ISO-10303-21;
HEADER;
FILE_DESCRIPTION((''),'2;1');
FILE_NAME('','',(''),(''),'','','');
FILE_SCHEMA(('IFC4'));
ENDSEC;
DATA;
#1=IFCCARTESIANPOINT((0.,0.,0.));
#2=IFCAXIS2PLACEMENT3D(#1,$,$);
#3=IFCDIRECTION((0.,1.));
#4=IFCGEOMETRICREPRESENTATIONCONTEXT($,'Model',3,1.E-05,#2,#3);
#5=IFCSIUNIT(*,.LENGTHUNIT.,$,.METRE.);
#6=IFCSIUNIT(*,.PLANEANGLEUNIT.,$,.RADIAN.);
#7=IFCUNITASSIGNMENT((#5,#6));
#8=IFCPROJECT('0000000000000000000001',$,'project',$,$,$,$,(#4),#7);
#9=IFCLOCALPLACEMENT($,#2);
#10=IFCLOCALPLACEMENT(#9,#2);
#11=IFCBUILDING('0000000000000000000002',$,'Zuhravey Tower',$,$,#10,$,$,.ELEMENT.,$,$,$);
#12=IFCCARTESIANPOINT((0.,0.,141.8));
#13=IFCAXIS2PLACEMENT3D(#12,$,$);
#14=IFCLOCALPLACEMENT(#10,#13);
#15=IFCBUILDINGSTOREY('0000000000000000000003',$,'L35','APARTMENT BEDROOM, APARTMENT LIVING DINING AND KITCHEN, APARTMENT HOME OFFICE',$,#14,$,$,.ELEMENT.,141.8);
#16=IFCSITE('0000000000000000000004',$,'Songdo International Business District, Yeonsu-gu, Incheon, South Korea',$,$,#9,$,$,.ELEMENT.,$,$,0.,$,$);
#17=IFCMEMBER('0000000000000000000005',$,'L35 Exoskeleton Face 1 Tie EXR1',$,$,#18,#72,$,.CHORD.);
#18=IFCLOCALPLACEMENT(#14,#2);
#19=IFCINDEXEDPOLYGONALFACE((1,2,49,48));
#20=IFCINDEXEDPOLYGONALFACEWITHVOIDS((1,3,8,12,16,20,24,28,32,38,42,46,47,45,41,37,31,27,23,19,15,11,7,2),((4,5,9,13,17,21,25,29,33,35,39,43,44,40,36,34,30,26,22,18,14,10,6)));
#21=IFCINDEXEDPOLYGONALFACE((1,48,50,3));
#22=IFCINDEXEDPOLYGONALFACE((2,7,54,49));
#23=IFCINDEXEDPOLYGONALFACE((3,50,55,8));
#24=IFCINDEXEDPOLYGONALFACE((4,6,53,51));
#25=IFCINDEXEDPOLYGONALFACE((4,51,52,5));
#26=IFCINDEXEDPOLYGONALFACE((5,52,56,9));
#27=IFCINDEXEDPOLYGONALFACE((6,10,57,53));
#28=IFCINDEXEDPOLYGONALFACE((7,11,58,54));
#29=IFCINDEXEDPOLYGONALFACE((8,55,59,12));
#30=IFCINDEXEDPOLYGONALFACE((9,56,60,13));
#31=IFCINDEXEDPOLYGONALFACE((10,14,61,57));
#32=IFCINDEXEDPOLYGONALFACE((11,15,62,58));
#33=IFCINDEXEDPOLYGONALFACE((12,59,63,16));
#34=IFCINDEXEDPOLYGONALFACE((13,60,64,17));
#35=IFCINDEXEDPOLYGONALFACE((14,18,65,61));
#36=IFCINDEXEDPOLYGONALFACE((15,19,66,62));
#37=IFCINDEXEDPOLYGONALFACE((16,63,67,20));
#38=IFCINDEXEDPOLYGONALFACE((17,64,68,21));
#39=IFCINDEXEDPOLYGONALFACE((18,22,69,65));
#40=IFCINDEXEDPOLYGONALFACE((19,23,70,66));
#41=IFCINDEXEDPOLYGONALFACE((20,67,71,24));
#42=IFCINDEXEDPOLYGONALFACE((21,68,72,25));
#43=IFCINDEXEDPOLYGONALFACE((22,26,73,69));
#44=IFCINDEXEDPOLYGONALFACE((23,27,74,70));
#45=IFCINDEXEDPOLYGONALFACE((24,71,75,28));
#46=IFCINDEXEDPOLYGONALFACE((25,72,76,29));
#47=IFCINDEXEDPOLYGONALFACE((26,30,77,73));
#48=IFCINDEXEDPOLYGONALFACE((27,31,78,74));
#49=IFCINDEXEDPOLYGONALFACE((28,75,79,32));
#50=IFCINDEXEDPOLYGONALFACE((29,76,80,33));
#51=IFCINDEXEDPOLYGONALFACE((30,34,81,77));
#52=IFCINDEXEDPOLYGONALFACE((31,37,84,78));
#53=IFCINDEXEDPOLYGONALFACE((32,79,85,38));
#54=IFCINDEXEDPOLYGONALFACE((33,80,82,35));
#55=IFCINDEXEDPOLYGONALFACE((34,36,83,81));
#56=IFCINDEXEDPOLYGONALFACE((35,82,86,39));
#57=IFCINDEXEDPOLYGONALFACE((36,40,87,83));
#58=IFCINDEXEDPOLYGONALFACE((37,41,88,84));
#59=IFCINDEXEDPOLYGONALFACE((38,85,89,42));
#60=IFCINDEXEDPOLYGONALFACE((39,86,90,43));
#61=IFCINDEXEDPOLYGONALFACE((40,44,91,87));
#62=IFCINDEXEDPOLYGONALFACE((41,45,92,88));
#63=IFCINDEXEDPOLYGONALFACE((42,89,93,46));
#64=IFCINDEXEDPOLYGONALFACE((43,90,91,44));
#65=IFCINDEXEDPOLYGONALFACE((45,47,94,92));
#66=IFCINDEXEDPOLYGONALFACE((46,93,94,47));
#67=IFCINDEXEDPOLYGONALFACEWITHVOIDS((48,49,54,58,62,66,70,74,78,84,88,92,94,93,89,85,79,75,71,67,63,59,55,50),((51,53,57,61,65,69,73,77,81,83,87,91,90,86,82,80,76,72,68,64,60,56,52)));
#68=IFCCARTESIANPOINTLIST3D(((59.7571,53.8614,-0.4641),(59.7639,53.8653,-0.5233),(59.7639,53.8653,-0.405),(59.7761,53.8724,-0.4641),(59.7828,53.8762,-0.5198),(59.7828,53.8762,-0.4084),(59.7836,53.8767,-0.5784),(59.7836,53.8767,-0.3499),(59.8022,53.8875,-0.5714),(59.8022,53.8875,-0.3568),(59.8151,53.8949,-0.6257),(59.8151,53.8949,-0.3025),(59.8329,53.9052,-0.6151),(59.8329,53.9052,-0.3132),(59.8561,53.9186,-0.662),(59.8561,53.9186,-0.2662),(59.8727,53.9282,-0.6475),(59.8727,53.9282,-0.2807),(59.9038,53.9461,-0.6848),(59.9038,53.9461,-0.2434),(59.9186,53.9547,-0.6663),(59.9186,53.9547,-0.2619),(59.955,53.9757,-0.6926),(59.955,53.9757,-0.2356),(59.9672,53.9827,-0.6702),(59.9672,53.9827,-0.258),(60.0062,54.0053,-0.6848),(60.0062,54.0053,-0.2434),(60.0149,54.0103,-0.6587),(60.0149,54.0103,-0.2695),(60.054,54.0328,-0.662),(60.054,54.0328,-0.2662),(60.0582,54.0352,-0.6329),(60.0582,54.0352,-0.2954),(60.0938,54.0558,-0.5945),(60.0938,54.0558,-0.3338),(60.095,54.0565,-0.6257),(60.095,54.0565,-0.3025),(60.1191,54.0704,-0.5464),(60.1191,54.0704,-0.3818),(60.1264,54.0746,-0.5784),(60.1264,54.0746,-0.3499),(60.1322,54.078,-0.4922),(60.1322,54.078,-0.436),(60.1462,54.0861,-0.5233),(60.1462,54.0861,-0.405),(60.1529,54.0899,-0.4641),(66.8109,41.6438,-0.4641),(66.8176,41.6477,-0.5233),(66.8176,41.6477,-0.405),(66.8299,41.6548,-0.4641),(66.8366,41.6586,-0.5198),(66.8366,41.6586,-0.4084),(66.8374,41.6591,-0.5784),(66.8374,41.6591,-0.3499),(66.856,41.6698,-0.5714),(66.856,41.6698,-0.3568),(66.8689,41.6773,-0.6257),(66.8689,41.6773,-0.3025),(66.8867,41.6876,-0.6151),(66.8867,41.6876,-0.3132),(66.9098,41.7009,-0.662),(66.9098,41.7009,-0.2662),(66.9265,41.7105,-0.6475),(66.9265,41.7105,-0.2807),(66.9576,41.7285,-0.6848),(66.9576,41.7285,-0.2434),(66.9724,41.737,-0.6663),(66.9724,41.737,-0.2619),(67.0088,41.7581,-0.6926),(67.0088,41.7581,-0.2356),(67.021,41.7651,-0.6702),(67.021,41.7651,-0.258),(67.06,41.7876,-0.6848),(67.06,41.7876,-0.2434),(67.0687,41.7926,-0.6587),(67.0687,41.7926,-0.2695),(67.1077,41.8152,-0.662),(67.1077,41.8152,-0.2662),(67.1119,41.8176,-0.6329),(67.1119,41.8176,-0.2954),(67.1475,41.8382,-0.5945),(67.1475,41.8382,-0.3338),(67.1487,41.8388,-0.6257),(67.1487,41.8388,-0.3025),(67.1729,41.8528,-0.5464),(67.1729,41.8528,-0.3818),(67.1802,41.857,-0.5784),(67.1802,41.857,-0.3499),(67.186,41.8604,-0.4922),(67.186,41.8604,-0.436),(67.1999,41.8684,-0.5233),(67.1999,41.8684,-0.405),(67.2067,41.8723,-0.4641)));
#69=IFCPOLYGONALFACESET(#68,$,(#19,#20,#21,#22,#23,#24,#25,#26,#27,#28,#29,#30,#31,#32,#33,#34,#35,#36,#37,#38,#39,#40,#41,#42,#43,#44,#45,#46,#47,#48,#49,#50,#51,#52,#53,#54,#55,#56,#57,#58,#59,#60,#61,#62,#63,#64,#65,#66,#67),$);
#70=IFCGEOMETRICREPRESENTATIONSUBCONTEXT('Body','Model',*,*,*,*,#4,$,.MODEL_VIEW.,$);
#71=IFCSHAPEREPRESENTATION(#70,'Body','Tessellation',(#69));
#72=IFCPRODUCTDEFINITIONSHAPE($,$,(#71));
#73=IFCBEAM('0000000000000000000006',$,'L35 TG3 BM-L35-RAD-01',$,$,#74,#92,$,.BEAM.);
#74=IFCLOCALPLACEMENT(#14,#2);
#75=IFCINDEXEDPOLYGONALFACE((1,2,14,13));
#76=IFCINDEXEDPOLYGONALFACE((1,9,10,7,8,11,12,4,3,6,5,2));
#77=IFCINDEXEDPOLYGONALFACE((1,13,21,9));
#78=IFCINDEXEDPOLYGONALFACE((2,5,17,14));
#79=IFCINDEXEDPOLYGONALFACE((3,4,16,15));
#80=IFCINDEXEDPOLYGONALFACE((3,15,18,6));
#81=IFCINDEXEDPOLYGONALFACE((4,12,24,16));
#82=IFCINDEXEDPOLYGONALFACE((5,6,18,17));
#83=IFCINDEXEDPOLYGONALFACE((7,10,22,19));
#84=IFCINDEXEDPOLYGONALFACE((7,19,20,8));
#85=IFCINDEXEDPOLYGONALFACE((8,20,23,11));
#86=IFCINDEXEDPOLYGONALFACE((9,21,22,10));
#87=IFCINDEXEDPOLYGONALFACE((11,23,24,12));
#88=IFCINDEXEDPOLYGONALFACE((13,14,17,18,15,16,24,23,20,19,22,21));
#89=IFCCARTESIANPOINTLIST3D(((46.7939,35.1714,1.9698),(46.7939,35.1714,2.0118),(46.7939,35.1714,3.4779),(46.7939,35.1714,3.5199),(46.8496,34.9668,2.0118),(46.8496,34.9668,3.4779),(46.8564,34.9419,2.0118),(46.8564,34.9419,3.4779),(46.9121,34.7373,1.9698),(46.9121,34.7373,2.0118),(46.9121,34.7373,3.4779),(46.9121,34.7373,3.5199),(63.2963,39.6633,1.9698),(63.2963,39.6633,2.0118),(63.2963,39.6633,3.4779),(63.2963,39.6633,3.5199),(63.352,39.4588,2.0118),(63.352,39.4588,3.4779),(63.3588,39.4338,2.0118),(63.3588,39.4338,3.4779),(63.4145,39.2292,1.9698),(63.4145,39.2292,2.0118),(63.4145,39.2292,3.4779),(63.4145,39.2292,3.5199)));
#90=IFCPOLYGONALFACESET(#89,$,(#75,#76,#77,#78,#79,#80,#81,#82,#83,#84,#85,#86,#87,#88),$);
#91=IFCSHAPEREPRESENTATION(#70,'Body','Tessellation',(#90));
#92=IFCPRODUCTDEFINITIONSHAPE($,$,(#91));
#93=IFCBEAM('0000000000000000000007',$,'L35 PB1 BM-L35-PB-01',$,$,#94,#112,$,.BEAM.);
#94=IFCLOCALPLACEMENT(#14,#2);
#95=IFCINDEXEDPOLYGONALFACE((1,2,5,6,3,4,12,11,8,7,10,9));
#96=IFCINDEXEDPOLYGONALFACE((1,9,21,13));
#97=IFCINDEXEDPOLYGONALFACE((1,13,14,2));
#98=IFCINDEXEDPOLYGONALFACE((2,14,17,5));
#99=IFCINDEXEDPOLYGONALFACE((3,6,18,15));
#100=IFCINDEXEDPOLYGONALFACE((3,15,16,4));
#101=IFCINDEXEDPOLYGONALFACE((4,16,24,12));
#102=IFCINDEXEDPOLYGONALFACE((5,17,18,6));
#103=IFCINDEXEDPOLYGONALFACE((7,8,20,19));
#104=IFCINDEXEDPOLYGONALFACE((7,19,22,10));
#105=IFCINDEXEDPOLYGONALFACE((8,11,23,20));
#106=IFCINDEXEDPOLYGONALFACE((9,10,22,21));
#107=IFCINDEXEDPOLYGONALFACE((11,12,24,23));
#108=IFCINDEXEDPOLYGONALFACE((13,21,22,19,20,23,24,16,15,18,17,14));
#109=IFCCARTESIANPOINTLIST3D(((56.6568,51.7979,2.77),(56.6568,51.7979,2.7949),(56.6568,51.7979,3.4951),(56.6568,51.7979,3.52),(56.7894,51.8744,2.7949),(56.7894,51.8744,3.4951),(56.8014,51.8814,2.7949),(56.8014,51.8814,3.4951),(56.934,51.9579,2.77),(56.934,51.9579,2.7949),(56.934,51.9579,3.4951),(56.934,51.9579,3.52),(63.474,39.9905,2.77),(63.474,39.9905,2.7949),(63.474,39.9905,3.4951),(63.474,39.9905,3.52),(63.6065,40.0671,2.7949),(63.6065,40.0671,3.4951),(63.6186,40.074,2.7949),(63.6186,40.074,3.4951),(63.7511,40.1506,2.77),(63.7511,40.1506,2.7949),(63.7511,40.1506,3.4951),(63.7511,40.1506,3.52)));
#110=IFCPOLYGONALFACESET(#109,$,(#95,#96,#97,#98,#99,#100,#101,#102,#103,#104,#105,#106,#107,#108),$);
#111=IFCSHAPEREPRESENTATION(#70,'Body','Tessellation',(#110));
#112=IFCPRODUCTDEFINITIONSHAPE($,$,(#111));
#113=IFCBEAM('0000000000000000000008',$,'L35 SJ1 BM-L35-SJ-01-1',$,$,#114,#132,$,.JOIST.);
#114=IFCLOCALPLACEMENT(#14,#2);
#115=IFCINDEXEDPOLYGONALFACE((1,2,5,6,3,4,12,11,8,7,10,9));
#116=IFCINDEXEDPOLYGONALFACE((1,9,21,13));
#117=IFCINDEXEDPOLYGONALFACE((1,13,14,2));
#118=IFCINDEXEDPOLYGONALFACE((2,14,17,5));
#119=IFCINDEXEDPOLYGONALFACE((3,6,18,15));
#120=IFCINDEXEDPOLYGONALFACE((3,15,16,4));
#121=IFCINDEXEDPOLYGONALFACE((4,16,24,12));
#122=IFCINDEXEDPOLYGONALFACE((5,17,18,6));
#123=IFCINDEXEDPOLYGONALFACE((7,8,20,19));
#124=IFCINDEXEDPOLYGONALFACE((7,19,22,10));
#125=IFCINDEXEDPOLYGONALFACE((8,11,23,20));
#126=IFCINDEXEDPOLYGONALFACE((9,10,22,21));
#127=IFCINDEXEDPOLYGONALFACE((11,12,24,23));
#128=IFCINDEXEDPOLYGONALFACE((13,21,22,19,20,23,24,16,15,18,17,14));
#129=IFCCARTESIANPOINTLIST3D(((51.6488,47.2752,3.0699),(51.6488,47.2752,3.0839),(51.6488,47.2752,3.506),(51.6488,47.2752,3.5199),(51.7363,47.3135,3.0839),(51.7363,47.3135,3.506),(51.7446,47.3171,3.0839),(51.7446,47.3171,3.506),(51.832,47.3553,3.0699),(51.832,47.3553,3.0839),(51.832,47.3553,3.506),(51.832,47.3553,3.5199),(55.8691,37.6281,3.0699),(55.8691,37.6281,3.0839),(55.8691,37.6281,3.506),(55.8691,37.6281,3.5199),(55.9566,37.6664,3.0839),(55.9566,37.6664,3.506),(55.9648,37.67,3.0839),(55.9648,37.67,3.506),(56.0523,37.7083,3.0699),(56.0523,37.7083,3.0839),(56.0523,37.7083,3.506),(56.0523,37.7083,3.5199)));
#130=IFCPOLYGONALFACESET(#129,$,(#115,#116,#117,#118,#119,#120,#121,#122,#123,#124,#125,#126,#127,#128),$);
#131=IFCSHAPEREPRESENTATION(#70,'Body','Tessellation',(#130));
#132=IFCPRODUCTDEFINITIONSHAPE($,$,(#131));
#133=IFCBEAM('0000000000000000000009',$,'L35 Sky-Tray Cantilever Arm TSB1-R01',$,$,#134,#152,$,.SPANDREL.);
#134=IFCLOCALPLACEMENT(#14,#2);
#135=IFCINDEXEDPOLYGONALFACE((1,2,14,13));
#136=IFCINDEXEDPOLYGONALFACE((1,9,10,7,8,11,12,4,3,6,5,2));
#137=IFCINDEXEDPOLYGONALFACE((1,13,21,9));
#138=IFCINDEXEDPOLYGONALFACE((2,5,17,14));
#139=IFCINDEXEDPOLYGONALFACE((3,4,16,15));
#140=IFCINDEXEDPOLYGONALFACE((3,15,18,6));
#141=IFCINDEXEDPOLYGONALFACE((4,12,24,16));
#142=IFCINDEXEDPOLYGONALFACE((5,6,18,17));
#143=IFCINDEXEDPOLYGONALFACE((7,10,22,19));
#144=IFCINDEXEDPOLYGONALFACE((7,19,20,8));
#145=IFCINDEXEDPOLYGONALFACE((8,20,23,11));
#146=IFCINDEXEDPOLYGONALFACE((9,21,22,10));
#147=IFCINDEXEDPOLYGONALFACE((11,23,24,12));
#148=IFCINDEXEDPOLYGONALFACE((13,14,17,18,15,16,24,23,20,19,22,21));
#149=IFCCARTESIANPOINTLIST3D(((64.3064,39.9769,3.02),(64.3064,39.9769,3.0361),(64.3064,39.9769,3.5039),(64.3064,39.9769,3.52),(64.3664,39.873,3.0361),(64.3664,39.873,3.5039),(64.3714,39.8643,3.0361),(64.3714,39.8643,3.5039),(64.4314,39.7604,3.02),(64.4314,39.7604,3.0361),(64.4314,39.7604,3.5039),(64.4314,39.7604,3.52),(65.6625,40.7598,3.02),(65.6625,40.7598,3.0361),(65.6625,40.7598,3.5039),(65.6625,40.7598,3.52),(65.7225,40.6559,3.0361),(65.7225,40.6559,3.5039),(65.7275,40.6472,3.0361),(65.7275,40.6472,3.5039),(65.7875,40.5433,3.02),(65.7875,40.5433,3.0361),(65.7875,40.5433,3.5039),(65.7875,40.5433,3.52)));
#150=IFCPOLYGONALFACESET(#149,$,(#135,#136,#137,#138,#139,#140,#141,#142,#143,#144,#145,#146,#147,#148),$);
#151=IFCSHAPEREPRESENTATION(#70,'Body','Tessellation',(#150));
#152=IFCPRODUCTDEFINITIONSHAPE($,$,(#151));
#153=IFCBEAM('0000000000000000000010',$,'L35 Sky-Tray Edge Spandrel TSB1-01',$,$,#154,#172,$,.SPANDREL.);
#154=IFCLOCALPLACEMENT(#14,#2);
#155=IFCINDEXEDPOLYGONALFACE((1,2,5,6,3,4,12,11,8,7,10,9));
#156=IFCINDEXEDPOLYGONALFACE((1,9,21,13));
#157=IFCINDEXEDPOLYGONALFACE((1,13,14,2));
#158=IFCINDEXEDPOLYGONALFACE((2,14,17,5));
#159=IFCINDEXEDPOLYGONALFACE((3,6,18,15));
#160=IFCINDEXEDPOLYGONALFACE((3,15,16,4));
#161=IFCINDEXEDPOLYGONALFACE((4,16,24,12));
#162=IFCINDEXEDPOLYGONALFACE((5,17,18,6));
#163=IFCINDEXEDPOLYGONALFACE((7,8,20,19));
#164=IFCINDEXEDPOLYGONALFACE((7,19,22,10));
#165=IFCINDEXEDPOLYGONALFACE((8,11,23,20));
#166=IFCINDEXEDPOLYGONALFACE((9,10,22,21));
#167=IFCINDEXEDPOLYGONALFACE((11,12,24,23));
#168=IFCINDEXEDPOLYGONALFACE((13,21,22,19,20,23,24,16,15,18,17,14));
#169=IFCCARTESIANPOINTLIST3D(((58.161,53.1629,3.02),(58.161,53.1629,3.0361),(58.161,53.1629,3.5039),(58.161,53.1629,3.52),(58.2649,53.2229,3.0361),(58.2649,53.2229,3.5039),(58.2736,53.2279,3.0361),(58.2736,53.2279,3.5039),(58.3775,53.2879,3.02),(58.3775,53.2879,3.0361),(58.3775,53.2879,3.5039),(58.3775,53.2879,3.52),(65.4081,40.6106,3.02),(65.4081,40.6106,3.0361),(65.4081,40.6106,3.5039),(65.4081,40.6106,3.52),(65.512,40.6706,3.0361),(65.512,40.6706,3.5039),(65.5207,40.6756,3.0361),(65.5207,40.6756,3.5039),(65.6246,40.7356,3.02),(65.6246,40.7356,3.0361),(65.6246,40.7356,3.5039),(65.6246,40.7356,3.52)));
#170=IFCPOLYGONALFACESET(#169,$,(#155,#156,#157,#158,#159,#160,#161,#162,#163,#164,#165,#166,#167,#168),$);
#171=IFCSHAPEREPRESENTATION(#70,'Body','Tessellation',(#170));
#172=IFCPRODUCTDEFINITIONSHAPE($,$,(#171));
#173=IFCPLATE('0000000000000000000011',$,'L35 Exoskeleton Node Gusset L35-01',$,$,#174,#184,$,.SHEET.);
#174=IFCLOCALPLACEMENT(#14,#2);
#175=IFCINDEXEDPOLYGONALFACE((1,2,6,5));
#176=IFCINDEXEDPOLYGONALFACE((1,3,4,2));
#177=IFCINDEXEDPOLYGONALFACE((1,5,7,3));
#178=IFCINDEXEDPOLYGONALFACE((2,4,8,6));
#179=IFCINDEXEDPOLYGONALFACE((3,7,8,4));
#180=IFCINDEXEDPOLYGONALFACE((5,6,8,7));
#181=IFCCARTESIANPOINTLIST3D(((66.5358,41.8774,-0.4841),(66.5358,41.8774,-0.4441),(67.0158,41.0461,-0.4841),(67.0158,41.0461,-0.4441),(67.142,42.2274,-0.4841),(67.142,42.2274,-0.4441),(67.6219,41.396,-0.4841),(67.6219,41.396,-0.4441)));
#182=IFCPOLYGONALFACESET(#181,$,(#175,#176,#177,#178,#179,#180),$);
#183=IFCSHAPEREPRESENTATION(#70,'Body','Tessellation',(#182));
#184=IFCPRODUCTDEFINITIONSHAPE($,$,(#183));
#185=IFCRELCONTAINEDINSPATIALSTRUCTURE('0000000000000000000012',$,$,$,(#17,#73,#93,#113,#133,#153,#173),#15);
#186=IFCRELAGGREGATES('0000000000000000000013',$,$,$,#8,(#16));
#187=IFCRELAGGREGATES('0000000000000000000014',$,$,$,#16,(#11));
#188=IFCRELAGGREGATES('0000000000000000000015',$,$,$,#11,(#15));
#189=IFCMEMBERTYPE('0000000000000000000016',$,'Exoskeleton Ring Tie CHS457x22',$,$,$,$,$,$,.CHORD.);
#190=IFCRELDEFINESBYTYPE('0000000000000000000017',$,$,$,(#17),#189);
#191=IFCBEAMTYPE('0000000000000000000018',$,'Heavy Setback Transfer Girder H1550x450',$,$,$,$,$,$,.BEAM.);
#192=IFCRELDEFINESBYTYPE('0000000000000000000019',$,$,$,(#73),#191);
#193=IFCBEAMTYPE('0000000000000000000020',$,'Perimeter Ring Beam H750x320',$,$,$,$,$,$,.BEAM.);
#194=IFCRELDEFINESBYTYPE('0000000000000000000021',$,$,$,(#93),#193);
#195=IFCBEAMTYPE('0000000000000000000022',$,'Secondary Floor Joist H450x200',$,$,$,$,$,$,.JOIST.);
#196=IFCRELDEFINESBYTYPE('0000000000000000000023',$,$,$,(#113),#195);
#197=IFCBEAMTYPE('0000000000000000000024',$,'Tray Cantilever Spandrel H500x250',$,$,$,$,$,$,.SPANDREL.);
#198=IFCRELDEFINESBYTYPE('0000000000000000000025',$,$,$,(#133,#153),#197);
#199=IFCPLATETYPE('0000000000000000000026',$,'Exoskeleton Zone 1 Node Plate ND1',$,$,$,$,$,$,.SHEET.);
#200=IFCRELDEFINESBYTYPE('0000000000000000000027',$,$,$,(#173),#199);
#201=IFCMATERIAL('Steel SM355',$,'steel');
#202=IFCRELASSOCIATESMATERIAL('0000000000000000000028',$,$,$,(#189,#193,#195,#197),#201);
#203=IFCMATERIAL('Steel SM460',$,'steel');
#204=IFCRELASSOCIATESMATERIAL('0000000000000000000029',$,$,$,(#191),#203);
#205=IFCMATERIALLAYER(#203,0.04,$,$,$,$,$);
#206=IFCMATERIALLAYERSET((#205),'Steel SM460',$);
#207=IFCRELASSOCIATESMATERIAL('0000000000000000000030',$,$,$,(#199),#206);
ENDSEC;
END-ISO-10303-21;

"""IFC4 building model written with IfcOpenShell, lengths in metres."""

from ifc_helpers import new_model, si_unit, direction, frame, origin, origin_2d, place, context, subcontext, project, spatial, rectangle, hollow_circle, i_section, extrude, material, layer, layer_set, material_profile, profile_set, type_object, element, save


model = new_model("IFC4")

# Units and contexts
model_context = context("Model", 3, precision=1e-05, world=origin(), true_north=direction((0.0, 1.0)))
body_context = subcontext(model_context, "Body", "Model", "MODEL_VIEW")
ifc_project = project(units=[si_unit("LENGTHUNIT", "METRE"), si_unit("PLANEANGLEUNIT", "RADIAN")], contexts=[model_context])

# Site, building, storey
site_placement = place(None, origin())
site = spatial("IfcSite", under=ifc_project, at=site_placement, Name="Songdo International Business District, Yeonsu-gu, Incheon, South Korea", CompositionType="ELEMENT", RefElevation=0.0)
building_placement = place(site_placement, origin())
building = spatial("IfcBuilding", under=site, at=building_placement, Name="Zuhravey Tower", CompositionType="ELEMENT")
storey_placement = place(building_placement, frame((0.0, 0.0, 141.8)))
storey = spatial("IfcBuildingStorey", under=building, at=storey_placement, Name="L35", Description="APARTMENT BEDROOM, APARTMENT LIVING DINING AND KITCHEN, APARTMENT HOME OFFICE", CompositionType="ELEMENT", Elevation=141.8)

# Shared definitions
ifc_material_1 = material(Name="Steel SM460", Category="steel")

# Member
ifc_material_2 = material(Name="Steel SM355", Category="steel")
ifc_material_profile_1 = material_profile(ifc_material_2, hollow_circle(Radius=0.2285, WallThickness=0.022, at=origin_2d()), Name="CHS-457.2x22")
ifc_profile_set_1 = profile_set([ifc_material_profile_1], Name="Steel SM355")
member_type_1 = type_object("IfcMemberType", Name="Exoskeleton Ring Tie CHS457x22", PredefinedType="CHORD", material=ifc_profile_set_1)
member_1_placement = place(storey_placement, frame((67.0088, 41.7581, -0.4641), z_axis=(-0.499996, 0.866028, 0.0), x_axis=(-0.866028, -0.499996, 0.0)))
element("IfcMember", 1, at=member_1_placement, inside=storey, type_object=member_type_1, Name="L35 Exoskeleton Face 1 Tie EXR1", PredefinedType="CHORD", context=body_context, shape_type="SweptSolid", body=[
    extrude(hollow_circle(Radius=0.2285, WallThickness=0.022, at=origin_2d()), origin(), (0.0, 0.0, 1.0), 14.1077),
])

# Beams
ifc_material_profile_2 = material_profile(ifc_material_1, i_section(OverallWidth=0.45, OverallDepth=1.55, WebThickness=0.0259, FlangeThickness=0.042, at=origin_2d()), Name="H-1550x450x26x42")
ifc_profile_set_2 = profile_set([ifc_material_profile_2], Name="Steel SM460")
beam_type_1 = type_object("IfcBeamType", Name="Heavy Setback Transfer Girder H1550x450", PredefinedType="BEAM", material=ifc_profile_set_2)
beam_1_placement = place(storey_placement, frame((46.853, 34.9543, 2.7449), z_axis=(0.964893, 0.262643, 0.0), x_axis=(-0.262643, 0.964893, 0.0)))
element("IfcBeam", 2, at=beam_1_placement, inside=storey, type_object=beam_type_1, Name="L35 TG3 BM-L35-RAD-01", PredefinedType="BEAM", context=body_context, shape_type="SweptSolid", body=[
    extrude(i_section(OverallWidth=0.45, OverallDepth=1.55, WebThickness=0.0259, FlangeThickness=0.042, at=origin_2d()), origin(), (0.0, 0.0, 1.0), 17.1028),
])
ifc_material_profile_3 = material_profile(ifc_material_2, i_section(OverallWidth=0.3201, OverallDepth=0.75, WebThickness=0.0139, FlangeThickness=0.0249, at=origin_2d()), Name="H-750x320x14x25")
ifc_profile_set_3 = profile_set([ifc_material_profile_3], Name="Steel SM355")
beam_type_2 = type_object("IfcBeamType", Name="Perimeter Ring Beam H750x320", PredefinedType="BEAM", material=ifc_profile_set_3)
beam_2_placement = place(storey_placement, frame((63.6125, 40.0706, 3.145), z_axis=(-0.500008, 0.866021, 0.0), x_axis=(-0.866021, -0.500008, 0.0)))
element("IfcBeam", 3, at=beam_2_placement, inside=storey, type_object=beam_type_2, Name="L35 PB1 BM-L35-PB-01", PredefinedType="BEAM", context=body_context, shape_type="SweptSolid", body=[
    extrude(i_section(OverallWidth=0.3201, OverallDepth=0.75, WebThickness=0.0139, FlangeThickness=0.0249, at=origin_2d()), origin(), (0.0, 0.0, 1.0), 13.634),
])
ifc_material_profile_4 = material_profile(ifc_material_2, i_section(OverallWidth=0.2, OverallDepth=0.45, WebThickness=0.009, FlangeThickness=0.0139, at=origin_2d()), Name="H-450x200x9x14")
ifc_profile_set_4 = profile_set([ifc_material_profile_4], Name="Steel SM355")
beam_type_3 = type_object("IfcBeamType", Name="Secondary Floor Joist H450x200", PredefinedType="JOIST", material=ifc_profile_set_4)
beam_3_placement = place(storey_placement, frame((55.9607, 37.6682, 3.2949), z_axis=(-0.400792, 0.916169, 0.0), x_axis=(-0.916169, -0.400792, 0.0)))
element("IfcBeam", 4, at=beam_3_placement, inside=storey, type_object=beam_type_3, Name="L35 SJ1 BM-L35-SJ-01-1", PredefinedType="JOIST", context=body_context, shape_type="SweptSolid", body=[
    extrude(i_section(OverallWidth=0.2, OverallDepth=0.45, WebThickness=0.009, FlangeThickness=0.0139, at=origin_2d()), origin(), (0.0, 0.0, 1.0), 10.5298),
])
ifc_material_profile_5 = material_profile(ifc_material_2, i_section(OverallWidth=0.25, OverallDepth=0.5, WebThickness=0.01, FlangeThickness=0.0161, at=origin_2d()), Name="H-500x250x10x16")
ifc_profile_set_5 = profile_set([ifc_material_profile_5], Name="Steel SM355")
beam_type_4 = type_object("IfcBeamType", Name="Tray Cantilever Spandrel H500x250", PredefinedType="SPANDREL", material=ifc_profile_set_5)
beam_4_placement = place(storey_placement, frame((64.3689, 39.8687, 3.27), z_axis=(0.866038, 0.499979, 0.0), x_axis=(-0.499979, 0.866038, 0.0)))
element("IfcBeam", 5, at=beam_4_placement, inside=storey, type_object=beam_type_4, Name="L35 Sky-Tray Cantilever Arm TSB1-R01", PredefinedType="SPANDREL", context=body_context, shape_type="SweptSolid", body=[
    extrude(i_section(OverallWidth=0.25, OverallDepth=0.5, WebThickness=0.01, FlangeThickness=0.0161, at=origin_2d()), origin(), (0.0, 0.0, 1.0), 1.5659),
])
beam_5_placement = place(storey_placement, frame((65.5164, 40.6731, 3.27), z_axis=(-0.500001, 0.866025, 0.0), x_axis=(-0.866025, -0.500001, 0.0)))
element("IfcBeam", 6, at=beam_5_placement, inside=storey, type_object=beam_type_4, Name="L35 Sky-Tray Edge Spandrel TSB1-01", PredefinedType="SPANDREL", context=body_context, shape_type="SweptSolid", body=[
    extrude(i_section(OverallWidth=0.25, OverallDepth=0.5, WebThickness=0.01, FlangeThickness=0.0161, at=origin_2d()), origin(), (0.0, 0.0, 1.0), 14.4941),
])

# Plate
ifc_layer_1 = layer(ifc_material_1, 0.04)
ifc_layer_set_1 = layer_set([ifc_layer_1], Name="Steel SM460")
plate_type_1 = type_object("IfcPlateType", Name="Exoskeleton Zone 1 Node Plate ND1", PredefinedType="SHEET", material=ifc_layer_set_1)
plate_1_placement = place(storey_placement, frame((67.0789, 41.6367, -0.4841), z_axis=(0.0, 0.0, 1.0), x_axis=(-0.5, 0.866025, 0.0)))
element("IfcPlate", 7, at=plate_1_placement, inside=storey, type_object=plate_type_1, Name="L35 Exoskeleton Node Gusset L35-01", PredefinedType="SHEET", context=body_context, shape_type="SweptSolid", body=[
    extrude(rectangle(XDim=0.96, YDim=0.7, at=origin_2d()), origin(), (0.0, 0.0, 1.0), 0.04),
])

save(model, "model.ifc")
